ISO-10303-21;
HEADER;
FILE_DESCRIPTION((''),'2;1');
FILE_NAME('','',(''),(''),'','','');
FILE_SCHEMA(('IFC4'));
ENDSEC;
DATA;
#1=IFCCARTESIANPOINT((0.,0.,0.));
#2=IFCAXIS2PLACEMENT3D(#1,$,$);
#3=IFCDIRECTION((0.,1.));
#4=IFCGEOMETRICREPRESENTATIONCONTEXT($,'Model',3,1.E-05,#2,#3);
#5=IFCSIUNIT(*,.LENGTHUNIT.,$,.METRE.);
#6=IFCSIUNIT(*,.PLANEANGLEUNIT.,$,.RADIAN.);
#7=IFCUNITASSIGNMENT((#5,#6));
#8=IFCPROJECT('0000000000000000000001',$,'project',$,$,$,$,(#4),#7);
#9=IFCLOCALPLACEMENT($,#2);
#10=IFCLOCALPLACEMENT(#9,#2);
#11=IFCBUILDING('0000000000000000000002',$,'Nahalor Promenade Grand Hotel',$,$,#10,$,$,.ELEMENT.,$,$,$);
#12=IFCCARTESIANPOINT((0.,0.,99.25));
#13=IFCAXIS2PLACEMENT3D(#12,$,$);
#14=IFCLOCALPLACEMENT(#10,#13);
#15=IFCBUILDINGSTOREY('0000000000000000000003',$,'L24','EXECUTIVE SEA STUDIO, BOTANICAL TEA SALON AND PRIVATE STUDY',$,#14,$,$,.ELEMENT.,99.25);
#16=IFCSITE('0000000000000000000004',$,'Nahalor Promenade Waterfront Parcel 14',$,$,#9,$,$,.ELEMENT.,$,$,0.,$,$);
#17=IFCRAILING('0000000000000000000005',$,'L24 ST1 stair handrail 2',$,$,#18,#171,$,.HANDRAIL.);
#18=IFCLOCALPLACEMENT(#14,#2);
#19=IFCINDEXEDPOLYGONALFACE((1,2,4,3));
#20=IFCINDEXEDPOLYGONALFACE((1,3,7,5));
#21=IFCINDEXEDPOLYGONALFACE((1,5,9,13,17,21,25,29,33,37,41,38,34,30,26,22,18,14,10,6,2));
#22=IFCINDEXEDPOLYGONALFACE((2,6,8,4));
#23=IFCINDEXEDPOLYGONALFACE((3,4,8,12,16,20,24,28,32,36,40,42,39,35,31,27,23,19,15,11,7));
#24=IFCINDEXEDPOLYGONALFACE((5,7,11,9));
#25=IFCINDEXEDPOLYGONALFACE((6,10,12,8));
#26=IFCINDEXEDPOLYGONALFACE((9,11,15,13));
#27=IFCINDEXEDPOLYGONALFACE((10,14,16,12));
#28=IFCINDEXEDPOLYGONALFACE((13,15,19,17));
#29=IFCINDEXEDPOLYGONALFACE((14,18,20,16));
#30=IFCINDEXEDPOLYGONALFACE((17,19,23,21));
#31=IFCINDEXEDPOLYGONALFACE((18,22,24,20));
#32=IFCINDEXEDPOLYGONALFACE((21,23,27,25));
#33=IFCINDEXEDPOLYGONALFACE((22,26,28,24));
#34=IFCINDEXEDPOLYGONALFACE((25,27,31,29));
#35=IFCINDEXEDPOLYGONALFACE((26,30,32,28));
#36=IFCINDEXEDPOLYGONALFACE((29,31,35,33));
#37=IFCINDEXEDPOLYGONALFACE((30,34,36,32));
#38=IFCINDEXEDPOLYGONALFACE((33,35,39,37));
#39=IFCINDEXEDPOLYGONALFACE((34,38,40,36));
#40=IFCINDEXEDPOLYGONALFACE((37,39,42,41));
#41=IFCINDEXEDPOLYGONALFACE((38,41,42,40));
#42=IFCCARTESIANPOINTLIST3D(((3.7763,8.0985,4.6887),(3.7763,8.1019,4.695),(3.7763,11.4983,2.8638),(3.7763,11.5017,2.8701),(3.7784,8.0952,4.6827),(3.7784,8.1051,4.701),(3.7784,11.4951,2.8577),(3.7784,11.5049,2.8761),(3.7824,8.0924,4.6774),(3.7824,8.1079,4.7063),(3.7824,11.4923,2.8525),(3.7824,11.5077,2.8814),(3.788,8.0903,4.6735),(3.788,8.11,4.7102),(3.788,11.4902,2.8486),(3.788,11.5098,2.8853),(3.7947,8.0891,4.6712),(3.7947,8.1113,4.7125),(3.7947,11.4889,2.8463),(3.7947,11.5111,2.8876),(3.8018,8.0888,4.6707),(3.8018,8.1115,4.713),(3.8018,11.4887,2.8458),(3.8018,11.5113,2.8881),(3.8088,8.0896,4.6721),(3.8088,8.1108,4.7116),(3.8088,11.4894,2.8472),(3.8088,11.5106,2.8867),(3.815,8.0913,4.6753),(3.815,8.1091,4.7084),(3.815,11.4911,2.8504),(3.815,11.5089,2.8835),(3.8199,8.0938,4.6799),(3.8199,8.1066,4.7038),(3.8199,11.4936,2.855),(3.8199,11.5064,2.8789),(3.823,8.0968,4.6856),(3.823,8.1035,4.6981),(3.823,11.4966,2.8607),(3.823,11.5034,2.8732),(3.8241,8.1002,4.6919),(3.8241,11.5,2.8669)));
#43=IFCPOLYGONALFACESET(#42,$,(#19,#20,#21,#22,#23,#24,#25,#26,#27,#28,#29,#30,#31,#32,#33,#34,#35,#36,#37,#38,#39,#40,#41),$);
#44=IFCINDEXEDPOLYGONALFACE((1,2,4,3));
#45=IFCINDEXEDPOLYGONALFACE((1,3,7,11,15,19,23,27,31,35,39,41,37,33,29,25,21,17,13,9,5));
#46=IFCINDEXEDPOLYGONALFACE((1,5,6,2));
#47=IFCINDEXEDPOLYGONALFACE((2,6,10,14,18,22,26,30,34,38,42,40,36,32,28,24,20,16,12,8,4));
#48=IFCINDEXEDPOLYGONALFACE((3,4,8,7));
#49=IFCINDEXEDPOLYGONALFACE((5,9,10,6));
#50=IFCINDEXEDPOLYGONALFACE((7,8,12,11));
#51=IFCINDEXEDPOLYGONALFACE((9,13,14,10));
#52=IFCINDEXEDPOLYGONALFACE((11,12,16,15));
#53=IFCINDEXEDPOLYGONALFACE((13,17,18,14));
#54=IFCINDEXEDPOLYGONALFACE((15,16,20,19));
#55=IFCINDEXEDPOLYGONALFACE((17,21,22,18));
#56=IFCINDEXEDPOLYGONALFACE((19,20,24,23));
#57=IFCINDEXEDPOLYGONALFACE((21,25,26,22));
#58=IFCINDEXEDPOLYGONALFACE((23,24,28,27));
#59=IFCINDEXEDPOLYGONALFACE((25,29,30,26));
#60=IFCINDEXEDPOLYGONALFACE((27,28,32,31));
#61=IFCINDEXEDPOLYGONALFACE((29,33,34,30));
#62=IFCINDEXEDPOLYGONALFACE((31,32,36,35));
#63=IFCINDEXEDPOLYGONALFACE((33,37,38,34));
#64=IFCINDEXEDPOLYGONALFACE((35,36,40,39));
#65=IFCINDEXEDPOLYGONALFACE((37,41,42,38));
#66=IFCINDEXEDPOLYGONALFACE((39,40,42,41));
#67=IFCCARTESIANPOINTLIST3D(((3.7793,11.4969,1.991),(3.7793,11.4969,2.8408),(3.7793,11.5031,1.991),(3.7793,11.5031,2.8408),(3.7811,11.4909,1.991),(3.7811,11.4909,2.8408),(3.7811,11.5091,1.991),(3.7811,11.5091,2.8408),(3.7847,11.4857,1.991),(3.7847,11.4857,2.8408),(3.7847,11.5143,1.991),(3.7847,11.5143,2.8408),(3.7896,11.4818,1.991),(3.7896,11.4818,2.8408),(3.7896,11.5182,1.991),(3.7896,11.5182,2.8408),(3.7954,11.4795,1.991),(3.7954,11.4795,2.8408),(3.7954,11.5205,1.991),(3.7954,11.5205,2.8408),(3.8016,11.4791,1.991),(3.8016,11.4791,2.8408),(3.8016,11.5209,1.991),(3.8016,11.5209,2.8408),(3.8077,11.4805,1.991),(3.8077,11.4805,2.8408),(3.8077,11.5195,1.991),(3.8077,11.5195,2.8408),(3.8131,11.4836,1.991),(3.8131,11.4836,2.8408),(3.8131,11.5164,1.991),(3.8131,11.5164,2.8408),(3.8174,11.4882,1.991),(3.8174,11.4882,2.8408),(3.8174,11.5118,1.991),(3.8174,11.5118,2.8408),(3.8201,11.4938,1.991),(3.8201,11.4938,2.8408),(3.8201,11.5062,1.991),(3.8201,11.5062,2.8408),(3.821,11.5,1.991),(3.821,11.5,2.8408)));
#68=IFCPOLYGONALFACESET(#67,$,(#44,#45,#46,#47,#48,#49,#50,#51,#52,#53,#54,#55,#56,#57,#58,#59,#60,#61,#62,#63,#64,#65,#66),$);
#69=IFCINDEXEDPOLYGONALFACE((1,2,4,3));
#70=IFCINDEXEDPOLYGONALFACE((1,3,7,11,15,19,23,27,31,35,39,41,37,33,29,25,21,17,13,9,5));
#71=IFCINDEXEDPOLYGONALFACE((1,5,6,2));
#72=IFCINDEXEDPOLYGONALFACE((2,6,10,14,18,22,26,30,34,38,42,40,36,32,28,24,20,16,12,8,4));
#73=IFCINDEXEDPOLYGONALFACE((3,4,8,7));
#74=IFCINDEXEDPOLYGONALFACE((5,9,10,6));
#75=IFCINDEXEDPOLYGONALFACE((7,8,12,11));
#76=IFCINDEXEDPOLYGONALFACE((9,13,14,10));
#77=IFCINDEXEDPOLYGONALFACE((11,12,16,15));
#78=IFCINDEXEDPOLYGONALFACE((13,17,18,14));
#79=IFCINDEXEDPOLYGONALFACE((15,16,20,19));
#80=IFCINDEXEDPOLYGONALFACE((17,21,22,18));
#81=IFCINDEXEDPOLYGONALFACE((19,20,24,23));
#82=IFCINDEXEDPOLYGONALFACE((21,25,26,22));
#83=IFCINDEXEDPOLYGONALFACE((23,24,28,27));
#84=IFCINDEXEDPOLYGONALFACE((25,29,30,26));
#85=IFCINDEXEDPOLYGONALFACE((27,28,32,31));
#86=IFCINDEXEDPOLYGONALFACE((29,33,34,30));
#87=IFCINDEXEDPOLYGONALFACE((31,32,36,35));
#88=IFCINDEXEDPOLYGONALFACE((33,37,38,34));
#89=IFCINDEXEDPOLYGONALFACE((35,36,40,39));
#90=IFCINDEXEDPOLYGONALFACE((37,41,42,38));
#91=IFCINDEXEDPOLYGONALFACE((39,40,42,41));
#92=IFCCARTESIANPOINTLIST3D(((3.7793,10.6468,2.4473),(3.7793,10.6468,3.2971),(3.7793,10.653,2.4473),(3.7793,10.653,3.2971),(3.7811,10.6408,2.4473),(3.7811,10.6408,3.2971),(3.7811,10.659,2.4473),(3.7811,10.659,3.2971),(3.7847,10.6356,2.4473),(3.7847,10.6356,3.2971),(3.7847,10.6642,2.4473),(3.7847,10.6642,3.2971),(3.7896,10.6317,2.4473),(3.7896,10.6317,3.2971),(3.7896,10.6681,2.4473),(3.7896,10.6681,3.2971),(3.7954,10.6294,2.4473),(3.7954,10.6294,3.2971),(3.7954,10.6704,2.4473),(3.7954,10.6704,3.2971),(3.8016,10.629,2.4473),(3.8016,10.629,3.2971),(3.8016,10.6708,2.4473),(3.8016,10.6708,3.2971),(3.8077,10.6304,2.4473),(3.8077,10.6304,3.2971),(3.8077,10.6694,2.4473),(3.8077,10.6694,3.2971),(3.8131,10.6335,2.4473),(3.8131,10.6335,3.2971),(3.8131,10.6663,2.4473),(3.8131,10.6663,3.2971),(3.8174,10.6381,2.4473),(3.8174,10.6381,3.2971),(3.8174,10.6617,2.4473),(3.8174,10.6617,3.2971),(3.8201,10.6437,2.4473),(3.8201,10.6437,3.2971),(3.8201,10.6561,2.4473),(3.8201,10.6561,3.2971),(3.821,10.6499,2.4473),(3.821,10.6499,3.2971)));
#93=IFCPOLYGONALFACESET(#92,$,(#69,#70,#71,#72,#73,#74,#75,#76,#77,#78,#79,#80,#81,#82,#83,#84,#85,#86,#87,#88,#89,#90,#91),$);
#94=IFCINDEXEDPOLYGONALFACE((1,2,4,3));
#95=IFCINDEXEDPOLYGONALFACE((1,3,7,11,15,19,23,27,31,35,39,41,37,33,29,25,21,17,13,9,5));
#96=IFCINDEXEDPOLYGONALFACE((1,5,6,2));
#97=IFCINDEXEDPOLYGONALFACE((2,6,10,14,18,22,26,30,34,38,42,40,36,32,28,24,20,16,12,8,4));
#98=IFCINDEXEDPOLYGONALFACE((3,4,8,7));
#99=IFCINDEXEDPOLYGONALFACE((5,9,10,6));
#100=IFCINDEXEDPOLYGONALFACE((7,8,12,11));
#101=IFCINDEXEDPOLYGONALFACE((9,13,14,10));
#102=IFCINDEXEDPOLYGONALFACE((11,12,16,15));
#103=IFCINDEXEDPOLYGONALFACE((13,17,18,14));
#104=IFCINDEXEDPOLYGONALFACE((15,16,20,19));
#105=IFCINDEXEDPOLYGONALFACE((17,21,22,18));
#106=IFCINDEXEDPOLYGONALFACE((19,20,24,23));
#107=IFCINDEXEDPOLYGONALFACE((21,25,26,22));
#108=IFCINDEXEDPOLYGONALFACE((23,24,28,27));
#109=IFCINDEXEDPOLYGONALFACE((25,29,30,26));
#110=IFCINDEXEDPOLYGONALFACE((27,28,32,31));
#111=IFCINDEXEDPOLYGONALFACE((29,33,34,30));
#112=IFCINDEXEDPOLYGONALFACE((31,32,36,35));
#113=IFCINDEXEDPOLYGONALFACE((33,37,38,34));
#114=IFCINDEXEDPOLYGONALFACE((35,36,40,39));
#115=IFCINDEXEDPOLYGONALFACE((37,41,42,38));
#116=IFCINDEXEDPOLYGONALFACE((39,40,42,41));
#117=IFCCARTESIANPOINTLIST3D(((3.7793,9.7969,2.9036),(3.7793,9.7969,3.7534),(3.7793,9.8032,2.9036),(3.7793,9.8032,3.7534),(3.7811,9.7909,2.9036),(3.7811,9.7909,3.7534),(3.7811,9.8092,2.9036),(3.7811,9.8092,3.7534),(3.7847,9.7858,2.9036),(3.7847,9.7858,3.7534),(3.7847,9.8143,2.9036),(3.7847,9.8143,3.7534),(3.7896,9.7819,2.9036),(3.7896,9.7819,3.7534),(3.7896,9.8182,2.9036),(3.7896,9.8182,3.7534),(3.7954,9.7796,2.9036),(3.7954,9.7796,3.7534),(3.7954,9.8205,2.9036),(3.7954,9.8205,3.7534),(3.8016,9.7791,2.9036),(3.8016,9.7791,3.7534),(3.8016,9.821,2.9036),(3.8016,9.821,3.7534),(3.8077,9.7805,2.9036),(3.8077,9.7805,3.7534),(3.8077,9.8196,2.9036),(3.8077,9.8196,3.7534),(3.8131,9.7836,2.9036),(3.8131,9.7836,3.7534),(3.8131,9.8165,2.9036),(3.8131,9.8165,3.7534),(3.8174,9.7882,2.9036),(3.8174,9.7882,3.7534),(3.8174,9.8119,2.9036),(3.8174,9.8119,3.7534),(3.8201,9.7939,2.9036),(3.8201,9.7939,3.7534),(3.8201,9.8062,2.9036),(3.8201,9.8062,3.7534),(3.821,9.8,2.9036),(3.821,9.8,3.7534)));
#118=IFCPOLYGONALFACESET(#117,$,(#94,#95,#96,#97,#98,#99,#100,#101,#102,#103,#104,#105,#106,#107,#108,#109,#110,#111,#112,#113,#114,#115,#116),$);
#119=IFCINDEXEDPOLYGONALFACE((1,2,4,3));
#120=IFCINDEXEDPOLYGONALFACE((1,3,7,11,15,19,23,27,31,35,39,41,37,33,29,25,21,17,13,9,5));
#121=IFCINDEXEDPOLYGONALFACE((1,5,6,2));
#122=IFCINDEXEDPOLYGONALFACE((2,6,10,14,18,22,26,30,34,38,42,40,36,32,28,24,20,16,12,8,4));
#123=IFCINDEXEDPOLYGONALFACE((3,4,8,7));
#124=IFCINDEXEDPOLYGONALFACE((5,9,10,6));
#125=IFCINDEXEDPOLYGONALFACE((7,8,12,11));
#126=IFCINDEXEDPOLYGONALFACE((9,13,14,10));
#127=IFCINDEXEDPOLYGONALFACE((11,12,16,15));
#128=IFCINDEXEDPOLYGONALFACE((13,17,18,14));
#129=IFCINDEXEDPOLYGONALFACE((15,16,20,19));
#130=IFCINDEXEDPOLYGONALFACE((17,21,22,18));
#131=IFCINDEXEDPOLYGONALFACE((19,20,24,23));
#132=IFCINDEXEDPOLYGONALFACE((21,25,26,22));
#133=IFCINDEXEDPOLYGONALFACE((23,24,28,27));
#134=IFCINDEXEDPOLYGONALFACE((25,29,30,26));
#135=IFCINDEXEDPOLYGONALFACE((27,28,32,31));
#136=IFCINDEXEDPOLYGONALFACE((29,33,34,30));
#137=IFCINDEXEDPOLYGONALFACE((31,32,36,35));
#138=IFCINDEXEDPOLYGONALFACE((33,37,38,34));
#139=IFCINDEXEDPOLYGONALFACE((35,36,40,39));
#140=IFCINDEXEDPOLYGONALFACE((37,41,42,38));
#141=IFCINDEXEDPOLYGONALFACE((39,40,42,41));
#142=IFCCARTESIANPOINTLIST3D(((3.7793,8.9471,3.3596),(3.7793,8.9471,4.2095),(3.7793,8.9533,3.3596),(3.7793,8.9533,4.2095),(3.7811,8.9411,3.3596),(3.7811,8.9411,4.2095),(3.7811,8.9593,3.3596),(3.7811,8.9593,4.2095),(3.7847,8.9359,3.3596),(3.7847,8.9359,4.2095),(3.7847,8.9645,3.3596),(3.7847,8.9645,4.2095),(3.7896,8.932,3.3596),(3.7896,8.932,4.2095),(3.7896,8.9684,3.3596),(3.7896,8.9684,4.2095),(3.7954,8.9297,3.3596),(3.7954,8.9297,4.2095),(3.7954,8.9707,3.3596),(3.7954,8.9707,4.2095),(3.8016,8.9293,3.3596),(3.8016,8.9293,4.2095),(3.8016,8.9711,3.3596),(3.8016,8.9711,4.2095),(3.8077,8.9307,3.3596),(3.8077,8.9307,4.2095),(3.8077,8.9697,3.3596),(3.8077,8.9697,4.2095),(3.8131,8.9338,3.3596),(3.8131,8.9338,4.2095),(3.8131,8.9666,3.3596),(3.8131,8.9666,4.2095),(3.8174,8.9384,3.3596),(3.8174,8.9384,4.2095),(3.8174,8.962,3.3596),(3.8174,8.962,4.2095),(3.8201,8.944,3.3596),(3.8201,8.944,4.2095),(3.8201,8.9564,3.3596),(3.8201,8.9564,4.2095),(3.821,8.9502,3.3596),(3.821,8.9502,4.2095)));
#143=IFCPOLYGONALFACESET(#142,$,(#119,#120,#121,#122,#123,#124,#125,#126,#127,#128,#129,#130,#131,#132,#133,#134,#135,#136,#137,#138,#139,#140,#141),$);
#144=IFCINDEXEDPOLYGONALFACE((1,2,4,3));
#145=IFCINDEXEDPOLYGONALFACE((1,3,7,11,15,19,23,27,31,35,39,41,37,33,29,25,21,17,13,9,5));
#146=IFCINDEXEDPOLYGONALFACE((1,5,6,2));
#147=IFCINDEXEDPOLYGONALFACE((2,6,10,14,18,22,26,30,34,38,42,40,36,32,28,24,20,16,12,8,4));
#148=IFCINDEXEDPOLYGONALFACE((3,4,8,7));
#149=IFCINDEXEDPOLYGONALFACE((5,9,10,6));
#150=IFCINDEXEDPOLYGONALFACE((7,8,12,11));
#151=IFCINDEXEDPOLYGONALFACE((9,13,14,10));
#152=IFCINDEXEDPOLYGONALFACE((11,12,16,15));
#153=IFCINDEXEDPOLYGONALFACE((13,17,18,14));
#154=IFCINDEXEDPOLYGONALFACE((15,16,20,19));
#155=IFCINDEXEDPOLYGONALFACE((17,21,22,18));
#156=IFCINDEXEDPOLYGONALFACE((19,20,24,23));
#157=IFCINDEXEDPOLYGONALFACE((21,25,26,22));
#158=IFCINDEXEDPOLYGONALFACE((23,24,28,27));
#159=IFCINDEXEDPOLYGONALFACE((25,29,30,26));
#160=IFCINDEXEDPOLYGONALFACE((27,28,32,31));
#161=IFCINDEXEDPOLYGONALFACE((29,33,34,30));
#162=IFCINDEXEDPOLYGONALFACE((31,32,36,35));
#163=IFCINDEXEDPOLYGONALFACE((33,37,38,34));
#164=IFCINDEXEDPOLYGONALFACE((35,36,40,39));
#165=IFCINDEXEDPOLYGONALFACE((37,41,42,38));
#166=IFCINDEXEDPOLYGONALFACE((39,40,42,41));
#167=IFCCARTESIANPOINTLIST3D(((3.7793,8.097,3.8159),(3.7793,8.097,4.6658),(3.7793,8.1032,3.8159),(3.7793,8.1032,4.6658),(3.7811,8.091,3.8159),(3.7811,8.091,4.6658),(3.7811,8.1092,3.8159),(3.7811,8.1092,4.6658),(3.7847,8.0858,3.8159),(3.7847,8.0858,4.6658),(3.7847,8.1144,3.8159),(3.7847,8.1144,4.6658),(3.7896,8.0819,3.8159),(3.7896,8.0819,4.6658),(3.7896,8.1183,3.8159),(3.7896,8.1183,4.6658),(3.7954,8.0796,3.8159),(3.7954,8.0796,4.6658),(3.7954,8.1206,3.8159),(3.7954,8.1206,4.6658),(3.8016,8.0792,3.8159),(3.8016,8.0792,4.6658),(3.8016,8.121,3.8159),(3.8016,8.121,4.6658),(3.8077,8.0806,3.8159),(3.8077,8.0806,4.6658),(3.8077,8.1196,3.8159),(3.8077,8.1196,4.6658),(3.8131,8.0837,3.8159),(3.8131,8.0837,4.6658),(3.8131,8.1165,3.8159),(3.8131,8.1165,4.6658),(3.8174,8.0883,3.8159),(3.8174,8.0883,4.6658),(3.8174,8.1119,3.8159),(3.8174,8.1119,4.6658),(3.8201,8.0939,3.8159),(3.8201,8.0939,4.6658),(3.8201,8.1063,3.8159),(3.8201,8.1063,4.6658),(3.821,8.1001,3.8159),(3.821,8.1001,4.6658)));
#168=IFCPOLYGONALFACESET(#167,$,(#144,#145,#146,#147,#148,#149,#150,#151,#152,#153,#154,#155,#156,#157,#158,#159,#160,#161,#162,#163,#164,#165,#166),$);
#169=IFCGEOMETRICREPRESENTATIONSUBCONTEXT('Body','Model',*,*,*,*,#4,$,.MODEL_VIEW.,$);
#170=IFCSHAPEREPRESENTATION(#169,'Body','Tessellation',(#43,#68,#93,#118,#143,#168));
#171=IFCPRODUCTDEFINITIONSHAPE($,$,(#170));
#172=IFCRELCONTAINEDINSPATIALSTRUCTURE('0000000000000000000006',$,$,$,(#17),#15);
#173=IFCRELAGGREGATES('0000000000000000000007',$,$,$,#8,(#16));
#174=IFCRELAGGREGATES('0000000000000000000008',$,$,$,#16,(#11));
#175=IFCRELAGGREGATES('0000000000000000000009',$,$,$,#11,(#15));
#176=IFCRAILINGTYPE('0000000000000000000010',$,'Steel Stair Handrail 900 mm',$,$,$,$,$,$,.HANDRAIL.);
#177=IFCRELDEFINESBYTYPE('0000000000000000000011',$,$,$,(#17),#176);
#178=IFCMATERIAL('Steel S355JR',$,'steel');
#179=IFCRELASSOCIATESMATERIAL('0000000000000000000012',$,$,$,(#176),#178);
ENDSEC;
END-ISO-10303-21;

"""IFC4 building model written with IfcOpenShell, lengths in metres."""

from ifc_helpers import new_model, si_unit, direction, frame, origin, origin_2d, place, context, subcontext, project, spatial, circle, extrude, material, type_object, element, save


model = new_model("IFC4")

# Units and contexts
model_context = context("Model", 3, precision=1e-05, world=origin(), true_north=direction((0.0, 1.0)))
body_context = subcontext(model_context, "Body", "Model", "MODEL_VIEW")
ifc_project = project(units=[si_unit("LENGTHUNIT", "METRE"), si_unit("PLANEANGLEUNIT", "RADIAN")], contexts=[model_context])

# Site, building, storey
site_placement = place(None, origin())
site = spatial("IfcSite", under=ifc_project, at=site_placement, Name="Nahalor Promenade Waterfront Parcel 14", CompositionType="ELEMENT", RefElevation=0.0)
building_placement = place(site_placement, origin())
building = spatial("IfcBuilding", under=site, at=building_placement, Name="Nahalor Promenade Grand Hotel", CompositionType="ELEMENT")
storey_placement = place(building_placement, frame((0.0, 0.0, 99.25)))
storey = spatial("IfcBuildingStorey", under=building, at=storey_placement, Name="L24", Description="EXECUTIVE SEA STUDIO, BOTANICAL TEA SALON AND PRIVATE STUDY", CompositionType="ELEMENT", Elevation=99.25)

# Shared definitions
ifc_material_1 = material(Name="Steel S355JR", Category="steel")

# Railing
railing_type_1 = type_object("IfcRailingType", Name="Steel Stair Handrail 900 mm", PredefinedType="HANDRAIL", material=ifc_material_1)
railing_1_placement = place(storey_placement, frame((3.8, 11.5, 1.991)))
element("IfcRailing", 1, at=railing_1_placement, inside=storey, type_object=railing_type_1, Name="L24 ST1 stair handrail 2", PredefinedType="HANDRAIL", context=body_context, shape_type="SweptSolid", body=[
    extrude(circle(Radius=0.024, at=origin_2d()), frame((0.0, 0.0, 0.876), z_axis=(0.0, -0.881094, 0.472941), x_axis=(1.0, 0.0, 0.0)), (0.0, 0.0, 1.0), 3.8586),
    extrude(circle(Radius=0.021, at=origin_2d()), origin(), (0.0, 0.0, 1.0), 0.8499),
    extrude(circle(Radius=0.021, at=origin_2d()), frame((0.0, -0.8501, 0.4563)), (0.0, 0.0, 1.0), 0.8499),
    extrude(circle(Radius=0.021, at=origin_2d()), frame((0.0, -1.7, 0.9126)), (0.0, 0.0, 1.0), 0.8499),
    extrude(circle(Radius=0.021, at=origin_2d()), frame((0.0, -2.5498, 1.3687)), (0.0, 0.0, 1.0), 0.8499),
    extrude(circle(Radius=0.021, at=origin_2d()), frame((0.0, -3.3999, 1.825)), (0.0, 0.0, 1.0), 0.8499),
])

save(model, "model.ifc")
